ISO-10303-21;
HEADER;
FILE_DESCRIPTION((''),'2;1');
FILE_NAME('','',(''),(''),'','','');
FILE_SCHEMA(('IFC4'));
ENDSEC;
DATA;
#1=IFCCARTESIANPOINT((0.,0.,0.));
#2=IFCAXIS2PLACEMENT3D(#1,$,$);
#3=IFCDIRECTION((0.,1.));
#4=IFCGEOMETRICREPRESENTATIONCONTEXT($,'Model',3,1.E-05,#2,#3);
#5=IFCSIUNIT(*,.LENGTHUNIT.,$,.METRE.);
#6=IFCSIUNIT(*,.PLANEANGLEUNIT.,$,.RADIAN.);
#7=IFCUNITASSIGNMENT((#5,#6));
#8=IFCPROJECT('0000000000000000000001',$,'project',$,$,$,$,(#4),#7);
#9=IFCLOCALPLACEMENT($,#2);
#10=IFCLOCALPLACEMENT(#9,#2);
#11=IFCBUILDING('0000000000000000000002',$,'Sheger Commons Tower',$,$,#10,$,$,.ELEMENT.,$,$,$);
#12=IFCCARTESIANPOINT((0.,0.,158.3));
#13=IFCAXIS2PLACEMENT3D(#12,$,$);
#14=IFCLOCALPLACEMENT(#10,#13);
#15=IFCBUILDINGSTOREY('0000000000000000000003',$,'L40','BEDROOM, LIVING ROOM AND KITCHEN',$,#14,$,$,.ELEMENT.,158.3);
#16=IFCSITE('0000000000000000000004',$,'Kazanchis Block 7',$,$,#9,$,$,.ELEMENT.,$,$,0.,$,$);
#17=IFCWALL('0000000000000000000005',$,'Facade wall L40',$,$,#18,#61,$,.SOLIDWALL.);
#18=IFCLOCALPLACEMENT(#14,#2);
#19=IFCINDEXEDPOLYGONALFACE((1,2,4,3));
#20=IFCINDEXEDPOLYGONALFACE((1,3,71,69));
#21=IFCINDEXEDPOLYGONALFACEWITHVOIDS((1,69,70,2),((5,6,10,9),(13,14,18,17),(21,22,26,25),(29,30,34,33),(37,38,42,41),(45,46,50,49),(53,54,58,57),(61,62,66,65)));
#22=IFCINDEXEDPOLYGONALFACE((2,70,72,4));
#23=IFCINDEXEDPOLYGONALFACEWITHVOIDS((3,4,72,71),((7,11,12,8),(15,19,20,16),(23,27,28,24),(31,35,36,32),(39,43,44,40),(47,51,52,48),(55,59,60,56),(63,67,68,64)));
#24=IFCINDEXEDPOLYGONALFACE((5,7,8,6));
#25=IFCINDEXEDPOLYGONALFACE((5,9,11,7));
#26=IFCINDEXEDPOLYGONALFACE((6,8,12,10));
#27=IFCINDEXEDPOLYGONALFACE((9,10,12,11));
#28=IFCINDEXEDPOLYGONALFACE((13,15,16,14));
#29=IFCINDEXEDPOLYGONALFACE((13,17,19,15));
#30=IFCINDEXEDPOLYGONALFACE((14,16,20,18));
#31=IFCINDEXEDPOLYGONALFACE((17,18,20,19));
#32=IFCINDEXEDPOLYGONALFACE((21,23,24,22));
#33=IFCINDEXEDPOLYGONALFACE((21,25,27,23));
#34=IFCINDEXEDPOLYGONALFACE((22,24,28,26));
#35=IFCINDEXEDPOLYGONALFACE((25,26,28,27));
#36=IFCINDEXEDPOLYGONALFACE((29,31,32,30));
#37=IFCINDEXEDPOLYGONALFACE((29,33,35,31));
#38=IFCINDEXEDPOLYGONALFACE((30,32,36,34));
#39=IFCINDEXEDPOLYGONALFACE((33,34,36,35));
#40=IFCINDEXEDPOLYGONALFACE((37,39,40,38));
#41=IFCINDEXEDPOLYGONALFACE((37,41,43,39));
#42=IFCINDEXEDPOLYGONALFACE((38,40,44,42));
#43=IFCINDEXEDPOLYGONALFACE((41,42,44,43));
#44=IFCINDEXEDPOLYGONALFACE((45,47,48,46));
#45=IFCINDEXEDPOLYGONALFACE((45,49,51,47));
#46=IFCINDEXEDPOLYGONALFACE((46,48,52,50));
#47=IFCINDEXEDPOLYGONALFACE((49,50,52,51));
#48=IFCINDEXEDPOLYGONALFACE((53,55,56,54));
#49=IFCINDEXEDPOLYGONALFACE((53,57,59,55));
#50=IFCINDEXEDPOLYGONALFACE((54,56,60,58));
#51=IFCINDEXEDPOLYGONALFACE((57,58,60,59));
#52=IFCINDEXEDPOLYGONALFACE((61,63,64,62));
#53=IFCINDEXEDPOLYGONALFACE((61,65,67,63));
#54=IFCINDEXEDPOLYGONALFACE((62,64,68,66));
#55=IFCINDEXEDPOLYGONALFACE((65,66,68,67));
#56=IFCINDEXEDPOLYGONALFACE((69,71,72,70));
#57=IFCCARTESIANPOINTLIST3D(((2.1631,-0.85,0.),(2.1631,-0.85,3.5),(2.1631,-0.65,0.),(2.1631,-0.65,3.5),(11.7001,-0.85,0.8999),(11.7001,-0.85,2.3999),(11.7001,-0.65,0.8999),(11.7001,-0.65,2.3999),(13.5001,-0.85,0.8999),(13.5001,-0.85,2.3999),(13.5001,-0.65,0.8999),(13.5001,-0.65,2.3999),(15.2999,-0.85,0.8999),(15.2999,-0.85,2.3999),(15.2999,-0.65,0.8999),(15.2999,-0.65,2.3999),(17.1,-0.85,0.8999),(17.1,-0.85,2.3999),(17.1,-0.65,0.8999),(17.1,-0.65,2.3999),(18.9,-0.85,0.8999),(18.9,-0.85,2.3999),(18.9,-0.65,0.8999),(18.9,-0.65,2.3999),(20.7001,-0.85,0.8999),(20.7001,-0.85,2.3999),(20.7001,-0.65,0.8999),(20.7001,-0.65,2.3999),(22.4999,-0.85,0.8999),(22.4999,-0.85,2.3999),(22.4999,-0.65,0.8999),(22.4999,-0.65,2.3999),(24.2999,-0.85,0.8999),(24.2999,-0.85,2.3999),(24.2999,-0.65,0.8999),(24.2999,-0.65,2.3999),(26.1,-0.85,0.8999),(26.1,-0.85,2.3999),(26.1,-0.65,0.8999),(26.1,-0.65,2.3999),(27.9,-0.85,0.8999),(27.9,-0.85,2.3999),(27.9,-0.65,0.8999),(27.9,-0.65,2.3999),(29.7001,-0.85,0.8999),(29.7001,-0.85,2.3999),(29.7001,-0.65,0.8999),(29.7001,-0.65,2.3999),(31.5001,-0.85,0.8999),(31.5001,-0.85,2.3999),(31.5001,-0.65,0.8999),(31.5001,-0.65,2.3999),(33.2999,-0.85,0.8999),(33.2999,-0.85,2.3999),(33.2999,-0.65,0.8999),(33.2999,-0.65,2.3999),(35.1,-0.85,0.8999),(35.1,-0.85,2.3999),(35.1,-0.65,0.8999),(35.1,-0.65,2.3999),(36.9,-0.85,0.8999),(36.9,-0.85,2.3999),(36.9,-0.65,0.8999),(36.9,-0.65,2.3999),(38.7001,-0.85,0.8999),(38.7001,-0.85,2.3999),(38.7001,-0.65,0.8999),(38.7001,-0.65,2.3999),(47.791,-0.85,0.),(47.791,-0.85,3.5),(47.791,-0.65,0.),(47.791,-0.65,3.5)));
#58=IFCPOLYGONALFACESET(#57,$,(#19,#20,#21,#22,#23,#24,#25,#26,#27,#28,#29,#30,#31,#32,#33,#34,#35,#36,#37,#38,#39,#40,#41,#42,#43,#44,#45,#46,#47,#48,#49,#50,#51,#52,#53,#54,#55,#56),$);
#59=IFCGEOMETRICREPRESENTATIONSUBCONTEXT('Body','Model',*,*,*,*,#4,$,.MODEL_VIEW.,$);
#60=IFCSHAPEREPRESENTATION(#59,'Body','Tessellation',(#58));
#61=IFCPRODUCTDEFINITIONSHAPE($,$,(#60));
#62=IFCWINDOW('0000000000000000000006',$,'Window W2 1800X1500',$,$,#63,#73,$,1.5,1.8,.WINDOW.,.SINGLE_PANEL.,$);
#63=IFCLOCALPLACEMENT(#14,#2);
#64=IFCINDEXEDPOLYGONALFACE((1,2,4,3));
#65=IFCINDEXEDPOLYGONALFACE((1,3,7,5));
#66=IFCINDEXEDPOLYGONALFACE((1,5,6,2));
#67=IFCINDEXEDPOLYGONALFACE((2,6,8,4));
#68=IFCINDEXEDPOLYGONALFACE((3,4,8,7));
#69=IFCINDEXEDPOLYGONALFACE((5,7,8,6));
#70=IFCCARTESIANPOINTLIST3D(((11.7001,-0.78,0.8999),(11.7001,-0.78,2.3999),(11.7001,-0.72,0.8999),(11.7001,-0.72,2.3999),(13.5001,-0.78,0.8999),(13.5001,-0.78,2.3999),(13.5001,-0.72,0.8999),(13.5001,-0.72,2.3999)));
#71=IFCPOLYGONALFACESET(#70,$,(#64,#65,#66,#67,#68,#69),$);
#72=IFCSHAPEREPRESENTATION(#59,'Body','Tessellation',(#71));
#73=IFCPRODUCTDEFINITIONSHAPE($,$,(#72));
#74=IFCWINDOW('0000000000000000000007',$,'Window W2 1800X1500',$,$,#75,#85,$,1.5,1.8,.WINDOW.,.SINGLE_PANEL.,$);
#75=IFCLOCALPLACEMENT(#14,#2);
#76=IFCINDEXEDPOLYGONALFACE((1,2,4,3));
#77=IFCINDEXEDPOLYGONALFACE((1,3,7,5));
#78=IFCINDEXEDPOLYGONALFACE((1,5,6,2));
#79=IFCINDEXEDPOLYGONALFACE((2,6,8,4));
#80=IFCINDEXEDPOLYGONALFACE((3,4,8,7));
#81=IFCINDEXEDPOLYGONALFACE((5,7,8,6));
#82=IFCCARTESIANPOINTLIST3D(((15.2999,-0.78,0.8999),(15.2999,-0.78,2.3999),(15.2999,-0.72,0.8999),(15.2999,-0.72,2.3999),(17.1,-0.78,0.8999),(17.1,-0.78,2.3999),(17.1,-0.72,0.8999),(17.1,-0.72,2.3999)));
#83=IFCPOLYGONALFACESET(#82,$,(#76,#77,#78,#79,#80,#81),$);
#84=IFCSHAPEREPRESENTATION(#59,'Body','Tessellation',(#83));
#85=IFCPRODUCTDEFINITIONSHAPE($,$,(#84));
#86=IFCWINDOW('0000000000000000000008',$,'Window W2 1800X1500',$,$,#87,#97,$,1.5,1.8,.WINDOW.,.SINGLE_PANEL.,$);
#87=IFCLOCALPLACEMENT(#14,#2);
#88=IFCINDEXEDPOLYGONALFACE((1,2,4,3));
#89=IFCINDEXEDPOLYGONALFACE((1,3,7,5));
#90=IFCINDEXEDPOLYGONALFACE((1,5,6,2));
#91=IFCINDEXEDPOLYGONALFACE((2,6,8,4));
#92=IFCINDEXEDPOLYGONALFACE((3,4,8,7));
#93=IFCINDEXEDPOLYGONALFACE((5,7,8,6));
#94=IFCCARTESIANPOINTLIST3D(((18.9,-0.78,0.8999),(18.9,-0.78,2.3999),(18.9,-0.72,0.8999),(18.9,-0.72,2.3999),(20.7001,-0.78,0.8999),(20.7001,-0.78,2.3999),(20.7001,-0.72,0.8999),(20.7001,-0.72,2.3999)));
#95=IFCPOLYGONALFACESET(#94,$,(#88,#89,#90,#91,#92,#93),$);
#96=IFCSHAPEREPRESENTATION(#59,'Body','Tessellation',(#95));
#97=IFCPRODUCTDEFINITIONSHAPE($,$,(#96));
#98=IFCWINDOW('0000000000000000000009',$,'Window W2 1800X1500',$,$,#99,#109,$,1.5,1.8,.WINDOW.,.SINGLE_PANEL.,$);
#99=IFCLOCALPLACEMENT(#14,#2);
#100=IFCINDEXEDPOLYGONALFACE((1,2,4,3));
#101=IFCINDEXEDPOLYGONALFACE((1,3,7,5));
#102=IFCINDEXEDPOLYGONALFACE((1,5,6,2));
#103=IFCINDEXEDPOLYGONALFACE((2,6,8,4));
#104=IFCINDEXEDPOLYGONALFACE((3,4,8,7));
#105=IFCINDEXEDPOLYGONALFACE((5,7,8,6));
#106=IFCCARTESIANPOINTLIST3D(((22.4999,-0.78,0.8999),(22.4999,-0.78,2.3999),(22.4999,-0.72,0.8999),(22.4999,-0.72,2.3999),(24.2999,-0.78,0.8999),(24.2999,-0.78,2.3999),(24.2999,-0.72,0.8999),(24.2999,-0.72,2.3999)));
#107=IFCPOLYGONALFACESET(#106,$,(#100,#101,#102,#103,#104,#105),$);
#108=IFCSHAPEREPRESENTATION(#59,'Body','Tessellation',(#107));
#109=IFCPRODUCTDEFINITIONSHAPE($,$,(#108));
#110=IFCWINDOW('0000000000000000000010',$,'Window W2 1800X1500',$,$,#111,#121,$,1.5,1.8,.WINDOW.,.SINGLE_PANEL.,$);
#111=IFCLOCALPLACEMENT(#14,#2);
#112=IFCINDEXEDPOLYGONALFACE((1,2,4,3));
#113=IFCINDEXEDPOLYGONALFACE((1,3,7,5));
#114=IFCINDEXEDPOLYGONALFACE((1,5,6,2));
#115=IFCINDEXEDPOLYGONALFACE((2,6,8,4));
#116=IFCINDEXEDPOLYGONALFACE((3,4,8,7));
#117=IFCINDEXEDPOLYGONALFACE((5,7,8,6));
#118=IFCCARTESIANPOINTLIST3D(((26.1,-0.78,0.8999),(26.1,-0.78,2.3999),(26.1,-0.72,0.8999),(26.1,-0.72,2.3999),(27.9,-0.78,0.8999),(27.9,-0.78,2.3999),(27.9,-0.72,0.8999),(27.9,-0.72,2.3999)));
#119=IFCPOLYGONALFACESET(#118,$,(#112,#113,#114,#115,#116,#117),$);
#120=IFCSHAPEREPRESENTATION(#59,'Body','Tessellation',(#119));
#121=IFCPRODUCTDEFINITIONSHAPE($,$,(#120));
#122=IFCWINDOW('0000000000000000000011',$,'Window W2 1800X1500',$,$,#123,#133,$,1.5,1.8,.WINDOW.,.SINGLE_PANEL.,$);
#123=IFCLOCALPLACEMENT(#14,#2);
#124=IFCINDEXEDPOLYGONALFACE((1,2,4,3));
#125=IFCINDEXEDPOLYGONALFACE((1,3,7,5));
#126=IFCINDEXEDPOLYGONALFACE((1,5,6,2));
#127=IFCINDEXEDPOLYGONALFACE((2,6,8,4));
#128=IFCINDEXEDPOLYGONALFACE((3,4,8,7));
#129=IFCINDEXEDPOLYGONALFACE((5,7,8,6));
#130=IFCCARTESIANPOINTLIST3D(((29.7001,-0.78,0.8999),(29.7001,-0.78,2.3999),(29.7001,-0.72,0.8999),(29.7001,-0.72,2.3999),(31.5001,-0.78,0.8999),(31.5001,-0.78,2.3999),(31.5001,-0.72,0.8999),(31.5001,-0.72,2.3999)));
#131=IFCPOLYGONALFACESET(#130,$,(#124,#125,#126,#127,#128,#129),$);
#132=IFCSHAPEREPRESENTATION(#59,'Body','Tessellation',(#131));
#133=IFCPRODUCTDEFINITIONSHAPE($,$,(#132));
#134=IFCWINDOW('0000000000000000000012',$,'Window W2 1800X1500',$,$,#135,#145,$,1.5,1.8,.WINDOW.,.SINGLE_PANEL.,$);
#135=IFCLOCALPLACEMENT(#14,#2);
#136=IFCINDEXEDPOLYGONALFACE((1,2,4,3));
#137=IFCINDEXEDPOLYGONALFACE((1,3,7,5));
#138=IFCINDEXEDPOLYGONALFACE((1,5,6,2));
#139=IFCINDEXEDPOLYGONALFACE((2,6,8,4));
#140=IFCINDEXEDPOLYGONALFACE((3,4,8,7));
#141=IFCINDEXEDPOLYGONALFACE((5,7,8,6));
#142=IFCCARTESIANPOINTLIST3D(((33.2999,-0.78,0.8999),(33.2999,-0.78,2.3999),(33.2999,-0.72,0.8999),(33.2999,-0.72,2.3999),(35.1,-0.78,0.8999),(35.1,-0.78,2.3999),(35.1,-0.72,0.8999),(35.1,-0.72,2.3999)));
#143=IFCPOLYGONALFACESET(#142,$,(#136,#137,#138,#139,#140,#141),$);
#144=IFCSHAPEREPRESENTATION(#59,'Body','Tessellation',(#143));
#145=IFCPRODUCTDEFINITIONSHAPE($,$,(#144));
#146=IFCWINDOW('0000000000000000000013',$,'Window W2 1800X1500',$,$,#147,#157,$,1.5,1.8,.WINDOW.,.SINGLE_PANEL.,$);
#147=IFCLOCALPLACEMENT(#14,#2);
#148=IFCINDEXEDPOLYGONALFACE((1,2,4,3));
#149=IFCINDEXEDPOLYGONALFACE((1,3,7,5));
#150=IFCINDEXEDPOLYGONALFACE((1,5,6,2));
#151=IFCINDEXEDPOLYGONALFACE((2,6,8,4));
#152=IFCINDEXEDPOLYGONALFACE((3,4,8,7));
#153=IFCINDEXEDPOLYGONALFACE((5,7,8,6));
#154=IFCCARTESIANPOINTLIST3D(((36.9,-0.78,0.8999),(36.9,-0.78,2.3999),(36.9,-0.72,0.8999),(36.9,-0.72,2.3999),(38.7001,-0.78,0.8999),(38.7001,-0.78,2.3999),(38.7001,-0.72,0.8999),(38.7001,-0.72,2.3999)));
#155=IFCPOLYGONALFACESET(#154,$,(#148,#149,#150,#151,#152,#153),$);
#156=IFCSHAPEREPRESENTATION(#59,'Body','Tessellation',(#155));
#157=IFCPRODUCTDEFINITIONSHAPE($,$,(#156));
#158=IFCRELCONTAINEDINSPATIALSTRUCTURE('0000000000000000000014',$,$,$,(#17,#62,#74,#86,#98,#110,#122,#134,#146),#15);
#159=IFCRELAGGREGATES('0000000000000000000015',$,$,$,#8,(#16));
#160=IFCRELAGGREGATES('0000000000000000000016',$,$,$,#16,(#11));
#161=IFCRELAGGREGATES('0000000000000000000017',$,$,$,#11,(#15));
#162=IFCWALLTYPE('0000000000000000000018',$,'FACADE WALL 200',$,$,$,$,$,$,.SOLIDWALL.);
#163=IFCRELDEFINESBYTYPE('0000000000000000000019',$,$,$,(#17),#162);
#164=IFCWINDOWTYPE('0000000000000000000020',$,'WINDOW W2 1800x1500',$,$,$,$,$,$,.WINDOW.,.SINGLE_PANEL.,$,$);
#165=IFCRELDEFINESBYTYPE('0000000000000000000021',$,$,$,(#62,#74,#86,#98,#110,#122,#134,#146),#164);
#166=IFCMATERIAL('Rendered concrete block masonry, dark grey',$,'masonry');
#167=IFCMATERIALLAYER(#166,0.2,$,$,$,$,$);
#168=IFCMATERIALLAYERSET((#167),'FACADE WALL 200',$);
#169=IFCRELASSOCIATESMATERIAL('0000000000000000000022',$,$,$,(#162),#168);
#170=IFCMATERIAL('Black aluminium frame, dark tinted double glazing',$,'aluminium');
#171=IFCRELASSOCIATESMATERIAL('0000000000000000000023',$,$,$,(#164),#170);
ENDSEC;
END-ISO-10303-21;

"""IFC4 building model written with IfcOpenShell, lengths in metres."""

from ifc_helpers import new_model, si_unit, direction, frame, frame_2d, origin, place, context, subcontext, project, spatial, rectangle, extrude, material, layer, layer_set, type_object, element, fill, save


model = new_model("IFC4")

# Units and contexts
model_context = context("Model", 3, precision=1e-05, world=origin(), true_north=direction((0.0, 1.0)))
body_context = subcontext(model_context, "Body", "Model", "MODEL_VIEW")
ifc_project = project(units=[si_unit("LENGTHUNIT", "METRE"), si_unit("PLANEANGLEUNIT", "RADIAN")], contexts=[model_context])

# Site, building, storey
site_placement = place(None, origin())
site = spatial("IfcSite", under=ifc_project, at=site_placement, Name="Kazanchis Block 7", CompositionType="ELEMENT", RefElevation=0.0)
building_placement = place(site_placement, origin())
building = spatial("IfcBuilding", under=site, at=building_placement, Name="Sheger Commons Tower", CompositionType="ELEMENT")
storey_placement = place(building_placement, frame((0.0, 0.0, 158.3)))
storey = spatial("IfcBuildingStorey", under=building, at=storey_placement, Name="L40", Description="BEDROOM, LIVING ROOM AND KITCHEN", CompositionType="ELEMENT", Elevation=158.3)

# Wall, openings, windows
ifc_material_1 = material(Name="Rendered concrete block masonry, dark grey", Category="masonry")
ifc_layer_1 = layer(ifc_material_1, 0.2)
ifc_layer_set_1 = layer_set([ifc_layer_1], Name="FACADE WALL 200")
wall_type_1 = type_object("IfcWallType", Name="FACADE WALL 200", PredefinedType="SOLIDWALL", material=ifc_layer_set_1)
wall_1_placement = place(storey_placement, frame((2.1631, -0.75, 0.0), z_axis=(0.0, 0.0, 1.0), x_axis=(1.0, 0.0, 0.0)))
wall_1 = element("IfcWall", 1, at=wall_1_placement, inside=storey, type_object=wall_type_1, Name="Facade wall L40", PredefinedType="SOLIDWALL", context=body_context, shape_type="SweptSolid", body=[
    extrude(rectangle(XDim=45.6279, YDim=0.2, at=frame_2d((22.814, 0.0))), origin(), (0.0, 0.0, 1.0), 3.5),
])
opening_1_placement = place(wall_1_placement, frame((9.5371, 0.0, 0.8999)))
opening_1 = element("IfcOpeningElement", 2, at=opening_1_placement, cuts=wall_1, PredefinedType="OPENING", context=body_context, shape_type="SweptSolid", body=[
    extrude(rectangle(XDim=1.8, YDim=1.5, at=frame_2d((0.8999, 0.75))), frame((0.0, 0.1099, 0.0), z_axis=(0.0, -1.0, 0.0), x_axis=(1.0, 0.0, 0.0)), (0.0, 0.0, 1.0), 0.22),
])
opening_2_placement = place(wall_1_placement, frame((13.137, 0.0, 0.8999)))
opening_2 = element("IfcOpeningElement", 3, at=opening_2_placement, cuts=wall_1, PredefinedType="OPENING", context=body_context, shape_type="SweptSolid", body=[
    extrude(rectangle(XDim=1.8, YDim=1.5, at=frame_2d((0.8999, 0.75))), frame((0.0, 0.1099, 0.0), z_axis=(0.0, -1.0, 0.0), x_axis=(1.0, 0.0, 0.0)), (0.0, 0.0, 1.0), 0.22),
])
opening_3_placement = place(wall_1_placement, frame((16.7371, 0.0, 0.8999)))
opening_3 = element("IfcOpeningElement", 4, at=opening_3_placement, cuts=wall_1, PredefinedType="OPENING", context=body_context, shape_type="SweptSolid", body=[
    extrude(rectangle(XDim=1.8, YDim=1.5, at=frame_2d((0.8999, 0.75))), frame((0.0, 0.1099, 0.0), z_axis=(0.0, -1.0, 0.0), x_axis=(1.0, 0.0, 0.0)), (0.0, 0.0, 1.0), 0.22),
])
opening_4_placement = place(wall_1_placement, frame((20.3369, 0.0, 0.8999)))
opening_4 = element("IfcOpeningElement", 5, at=opening_4_placement, cuts=wall_1, PredefinedType="OPENING", context=body_context, shape_type="SweptSolid", body=[
    extrude(rectangle(XDim=1.8, YDim=1.5, at=frame_2d((0.8999, 0.75))), frame((0.0, 0.1099, 0.0), z_axis=(0.0, -1.0, 0.0), x_axis=(1.0, 0.0, 0.0)), (0.0, 0.0, 1.0), 0.22),
])
opening_5_placement = place(wall_1_placement, frame((23.937, 0.0, 0.8999)))
opening_5 = element("IfcOpeningElement", 6, at=opening_5_placement, cuts=wall_1, PredefinedType="OPENING", context=body_context, shape_type="SweptSolid", body=[
    extrude(rectangle(XDim=1.8, YDim=1.5, at=frame_2d((0.8999, 0.75))), frame((0.0, 0.1099, 0.0), z_axis=(0.0, -1.0, 0.0), x_axis=(1.0, 0.0, 0.0)), (0.0, 0.0, 1.0), 0.22),
])
opening_6_placement = place(wall_1_placement, frame((27.5371, 0.0, 0.8999)))
opening_6 = element("IfcOpeningElement", 7, at=opening_6_placement, cuts=wall_1, PredefinedType="OPENING", context=body_context, shape_type="SweptSolid", body=[
    extrude(rectangle(XDim=1.8, YDim=1.5, at=frame_2d((0.8999, 0.75))), frame((0.0, 0.1099, 0.0), z_axis=(0.0, -1.0, 0.0), x_axis=(1.0, 0.0, 0.0)), (0.0, 0.0, 1.0), 0.22),
])
opening_7_placement = place(wall_1_placement, frame((31.137, 0.0, 0.8999)))
opening_7 = element("IfcOpeningElement", 8, at=opening_7_placement, cuts=wall_1, PredefinedType="OPENING", context=body_context, shape_type="SweptSolid", body=[
    extrude(rectangle(XDim=1.8, YDim=1.5, at=frame_2d((0.8999, 0.75))), frame((0.0, 0.1099, 0.0), z_axis=(0.0, -1.0, 0.0), x_axis=(1.0, 0.0, 0.0)), (0.0, 0.0, 1.0), 0.22),
])
opening_8_placement = place(wall_1_placement, frame((34.7371, 0.0, 0.8999)))
opening_8 = element("IfcOpeningElement", 9, at=opening_8_placement, cuts=wall_1, PredefinedType="OPENING", context=body_context, shape_type="SweptSolid", body=[
    extrude(rectangle(XDim=1.8, YDim=1.5, at=frame_2d((0.8999, 0.75))), frame((0.0, 0.1099, 0.0), z_axis=(0.0, -1.0, 0.0), x_axis=(1.0, 0.0, 0.0)), (0.0, 0.0, 1.0), 0.22),
])
ifc_material_2 = material(Name="Black aluminium frame, dark tinted double glazing", Category="aluminium")
window_type = type_object("IfcWindowType", Name="WINDOW W2 1800x1500", PartitioningType="SINGLE_PANEL", PredefinedType="WINDOW", material=ifc_material_2)
window_1_placement = place(opening_1_placement, origin())
window_1 = element("IfcWindow", 10, at=window_1_placement, inside=storey, type_object=window_type, Name="Window W2 1800X1500", OverallHeight=1.5, OverallWidth=1.8, PartitioningType="SINGLE_PANEL", PredefinedType="WINDOW", context=body_context, shape_type="SweptSolid", body=[
    extrude(rectangle(XDim=1.8, YDim=1.5, at=frame_2d((0.8999, 0.75))), frame((0.0, 0.03, 0.0), z_axis=(0.0, -1.0, 0.0), x_axis=(1.0, 0.0, 0.0)), (0.0, 0.0, 1.0), 0.0601),
])
fill(opening_1, window_1)
window_2_placement = place(opening_2_placement, origin())
window_2 = element("IfcWindow", 11, at=window_2_placement, inside=storey, type_object=window_type, Name="Window W2 1800X1500", OverallHeight=1.5, OverallWidth=1.8, PartitioningType="SINGLE_PANEL", PredefinedType="WINDOW", context=body_context, shape_type="SweptSolid", body=[
    extrude(rectangle(XDim=1.8, YDim=1.5, at=frame_2d((0.8999, 0.75))), frame((0.0, 0.03, 0.0), z_axis=(0.0, -1.0, 0.0), x_axis=(1.0, 0.0, 0.0)), (0.0, 0.0, 1.0), 0.0601),
])
fill(opening_2, window_2)
window_3_placement = place(opening_3_placement, origin())
window_3 = element("IfcWindow", 12, at=window_3_placement, inside=storey, type_object=window_type, Name="Window W2 1800X1500", OverallHeight=1.5, OverallWidth=1.8, PartitioningType="SINGLE_PANEL", PredefinedType="WINDOW", context=body_context, shape_type="SweptSolid", body=[
    extrude(rectangle(XDim=1.8, YDim=1.5, at=frame_2d((0.8999, 0.75))), frame((0.0, 0.03, 0.0), z_axis=(0.0, -1.0, 0.0), x_axis=(1.0, 0.0, 0.0)), (0.0, 0.0, 1.0), 0.0601),
])
fill(opening_3, window_3)
window_4_placement = place(opening_4_placement, origin())
window_4 = element("IfcWindow", 13, at=window_4_placement, inside=storey, type_object=window_type, Name="Window W2 1800X1500", OverallHeight=1.5, OverallWidth=1.8, PartitioningType="SINGLE_PANEL", PredefinedType="WINDOW", context=body_context, shape_type="SweptSolid", body=[
    extrude(rectangle(XDim=1.8, YDim=1.5, at=frame_2d((0.8999, 0.75))), frame((0.0, 0.03, 0.0), z_axis=(0.0, -1.0, 0.0), x_axis=(1.0, 0.0, 0.0)), (0.0, 0.0, 1.0), 0.0601),
])
fill(opening_4, window_4)
window_5_placement = place(opening_5_placement, origin())
window_5 = element("IfcWindow", 14, at=window_5_placement, inside=storey, type_object=window_type, Name="Window W2 1800X1500", OverallHeight=1.5, OverallWidth=1.8, PartitioningType="SINGLE_PANEL", PredefinedType="WINDOW", context=body_context, shape_type="SweptSolid", body=[
    extrude(rectangle(XDim=1.8, YDim=1.5, at=frame_2d((0.8999, 0.75))), frame((0.0, 0.03, 0.0), z_axis=(0.0, -1.0, 0.0), x_axis=(1.0, 0.0, 0.0)), (0.0, 0.0, 1.0), 0.0601),
])
fill(opening_5, window_5)
window_6_placement = place(opening_6_placement, origin())
window_6 = element("IfcWindow", 15, at=window_6_placement, inside=storey, type_object=window_type, Name="Window W2 1800X1500", OverallHeight=1.5, OverallWidth=1.8, PartitioningType="SINGLE_PANEL", PredefinedType="WINDOW", context=body_context, shape_type="SweptSolid", body=[
    extrude(rectangle(XDim=1.8, YDim=1.5, at=frame_2d((0.8999, 0.75))), frame((0.0, 0.03, 0.0), z_axis=(0.0, -1.0, 0.0), x_axis=(1.0, 0.0, 0.0)), (0.0, 0.0, 1.0), 0.0601),
])
fill(opening_6, window_6)
window_7_placement = place(opening_7_placement, origin())
window_7 = element("IfcWindow", 16, at=window_7_placement, inside=storey, type_object=window_type, Name="Window W2 1800X1500", OverallHeight=1.5, OverallWidth=1.8, PartitioningType="SINGLE_PANEL", PredefinedType="WINDOW", context=body_context, shape_type="SweptSolid", body=[
    extrude(rectangle(XDim=1.8, YDim=1.5, at=frame_2d((0.8999, 0.75))), frame((0.0, 0.03, 0.0), z_axis=(0.0, -1.0, 0.0), x_axis=(1.0, 0.0, 0.0)), (0.0, 0.0, 1.0), 0.0601),
])
fill(opening_7, window_7)
window_8_placement = place(opening_8_placement, origin())
window_8 = element("IfcWindow", 17, at=window_8_placement, inside=storey, type_object=window_type, Name="Window W2 1800X1500", OverallHeight=1.5, OverallWidth=1.8, PartitioningType="SINGLE_PANEL", PredefinedType="WINDOW", context=body_context, shape_type="SweptSolid", body=[
    extrude(rectangle(XDim=1.8, YDim=1.5, at=frame_2d((0.8999, 0.75))), frame((0.0, 0.03, 0.0), z_axis=(0.0, -1.0, 0.0), x_axis=(1.0, 0.0, 0.0)), (0.0, 0.0, 1.0), 0.0601),
])
fill(opening_8, window_8)

save(model, "model.ifc")
